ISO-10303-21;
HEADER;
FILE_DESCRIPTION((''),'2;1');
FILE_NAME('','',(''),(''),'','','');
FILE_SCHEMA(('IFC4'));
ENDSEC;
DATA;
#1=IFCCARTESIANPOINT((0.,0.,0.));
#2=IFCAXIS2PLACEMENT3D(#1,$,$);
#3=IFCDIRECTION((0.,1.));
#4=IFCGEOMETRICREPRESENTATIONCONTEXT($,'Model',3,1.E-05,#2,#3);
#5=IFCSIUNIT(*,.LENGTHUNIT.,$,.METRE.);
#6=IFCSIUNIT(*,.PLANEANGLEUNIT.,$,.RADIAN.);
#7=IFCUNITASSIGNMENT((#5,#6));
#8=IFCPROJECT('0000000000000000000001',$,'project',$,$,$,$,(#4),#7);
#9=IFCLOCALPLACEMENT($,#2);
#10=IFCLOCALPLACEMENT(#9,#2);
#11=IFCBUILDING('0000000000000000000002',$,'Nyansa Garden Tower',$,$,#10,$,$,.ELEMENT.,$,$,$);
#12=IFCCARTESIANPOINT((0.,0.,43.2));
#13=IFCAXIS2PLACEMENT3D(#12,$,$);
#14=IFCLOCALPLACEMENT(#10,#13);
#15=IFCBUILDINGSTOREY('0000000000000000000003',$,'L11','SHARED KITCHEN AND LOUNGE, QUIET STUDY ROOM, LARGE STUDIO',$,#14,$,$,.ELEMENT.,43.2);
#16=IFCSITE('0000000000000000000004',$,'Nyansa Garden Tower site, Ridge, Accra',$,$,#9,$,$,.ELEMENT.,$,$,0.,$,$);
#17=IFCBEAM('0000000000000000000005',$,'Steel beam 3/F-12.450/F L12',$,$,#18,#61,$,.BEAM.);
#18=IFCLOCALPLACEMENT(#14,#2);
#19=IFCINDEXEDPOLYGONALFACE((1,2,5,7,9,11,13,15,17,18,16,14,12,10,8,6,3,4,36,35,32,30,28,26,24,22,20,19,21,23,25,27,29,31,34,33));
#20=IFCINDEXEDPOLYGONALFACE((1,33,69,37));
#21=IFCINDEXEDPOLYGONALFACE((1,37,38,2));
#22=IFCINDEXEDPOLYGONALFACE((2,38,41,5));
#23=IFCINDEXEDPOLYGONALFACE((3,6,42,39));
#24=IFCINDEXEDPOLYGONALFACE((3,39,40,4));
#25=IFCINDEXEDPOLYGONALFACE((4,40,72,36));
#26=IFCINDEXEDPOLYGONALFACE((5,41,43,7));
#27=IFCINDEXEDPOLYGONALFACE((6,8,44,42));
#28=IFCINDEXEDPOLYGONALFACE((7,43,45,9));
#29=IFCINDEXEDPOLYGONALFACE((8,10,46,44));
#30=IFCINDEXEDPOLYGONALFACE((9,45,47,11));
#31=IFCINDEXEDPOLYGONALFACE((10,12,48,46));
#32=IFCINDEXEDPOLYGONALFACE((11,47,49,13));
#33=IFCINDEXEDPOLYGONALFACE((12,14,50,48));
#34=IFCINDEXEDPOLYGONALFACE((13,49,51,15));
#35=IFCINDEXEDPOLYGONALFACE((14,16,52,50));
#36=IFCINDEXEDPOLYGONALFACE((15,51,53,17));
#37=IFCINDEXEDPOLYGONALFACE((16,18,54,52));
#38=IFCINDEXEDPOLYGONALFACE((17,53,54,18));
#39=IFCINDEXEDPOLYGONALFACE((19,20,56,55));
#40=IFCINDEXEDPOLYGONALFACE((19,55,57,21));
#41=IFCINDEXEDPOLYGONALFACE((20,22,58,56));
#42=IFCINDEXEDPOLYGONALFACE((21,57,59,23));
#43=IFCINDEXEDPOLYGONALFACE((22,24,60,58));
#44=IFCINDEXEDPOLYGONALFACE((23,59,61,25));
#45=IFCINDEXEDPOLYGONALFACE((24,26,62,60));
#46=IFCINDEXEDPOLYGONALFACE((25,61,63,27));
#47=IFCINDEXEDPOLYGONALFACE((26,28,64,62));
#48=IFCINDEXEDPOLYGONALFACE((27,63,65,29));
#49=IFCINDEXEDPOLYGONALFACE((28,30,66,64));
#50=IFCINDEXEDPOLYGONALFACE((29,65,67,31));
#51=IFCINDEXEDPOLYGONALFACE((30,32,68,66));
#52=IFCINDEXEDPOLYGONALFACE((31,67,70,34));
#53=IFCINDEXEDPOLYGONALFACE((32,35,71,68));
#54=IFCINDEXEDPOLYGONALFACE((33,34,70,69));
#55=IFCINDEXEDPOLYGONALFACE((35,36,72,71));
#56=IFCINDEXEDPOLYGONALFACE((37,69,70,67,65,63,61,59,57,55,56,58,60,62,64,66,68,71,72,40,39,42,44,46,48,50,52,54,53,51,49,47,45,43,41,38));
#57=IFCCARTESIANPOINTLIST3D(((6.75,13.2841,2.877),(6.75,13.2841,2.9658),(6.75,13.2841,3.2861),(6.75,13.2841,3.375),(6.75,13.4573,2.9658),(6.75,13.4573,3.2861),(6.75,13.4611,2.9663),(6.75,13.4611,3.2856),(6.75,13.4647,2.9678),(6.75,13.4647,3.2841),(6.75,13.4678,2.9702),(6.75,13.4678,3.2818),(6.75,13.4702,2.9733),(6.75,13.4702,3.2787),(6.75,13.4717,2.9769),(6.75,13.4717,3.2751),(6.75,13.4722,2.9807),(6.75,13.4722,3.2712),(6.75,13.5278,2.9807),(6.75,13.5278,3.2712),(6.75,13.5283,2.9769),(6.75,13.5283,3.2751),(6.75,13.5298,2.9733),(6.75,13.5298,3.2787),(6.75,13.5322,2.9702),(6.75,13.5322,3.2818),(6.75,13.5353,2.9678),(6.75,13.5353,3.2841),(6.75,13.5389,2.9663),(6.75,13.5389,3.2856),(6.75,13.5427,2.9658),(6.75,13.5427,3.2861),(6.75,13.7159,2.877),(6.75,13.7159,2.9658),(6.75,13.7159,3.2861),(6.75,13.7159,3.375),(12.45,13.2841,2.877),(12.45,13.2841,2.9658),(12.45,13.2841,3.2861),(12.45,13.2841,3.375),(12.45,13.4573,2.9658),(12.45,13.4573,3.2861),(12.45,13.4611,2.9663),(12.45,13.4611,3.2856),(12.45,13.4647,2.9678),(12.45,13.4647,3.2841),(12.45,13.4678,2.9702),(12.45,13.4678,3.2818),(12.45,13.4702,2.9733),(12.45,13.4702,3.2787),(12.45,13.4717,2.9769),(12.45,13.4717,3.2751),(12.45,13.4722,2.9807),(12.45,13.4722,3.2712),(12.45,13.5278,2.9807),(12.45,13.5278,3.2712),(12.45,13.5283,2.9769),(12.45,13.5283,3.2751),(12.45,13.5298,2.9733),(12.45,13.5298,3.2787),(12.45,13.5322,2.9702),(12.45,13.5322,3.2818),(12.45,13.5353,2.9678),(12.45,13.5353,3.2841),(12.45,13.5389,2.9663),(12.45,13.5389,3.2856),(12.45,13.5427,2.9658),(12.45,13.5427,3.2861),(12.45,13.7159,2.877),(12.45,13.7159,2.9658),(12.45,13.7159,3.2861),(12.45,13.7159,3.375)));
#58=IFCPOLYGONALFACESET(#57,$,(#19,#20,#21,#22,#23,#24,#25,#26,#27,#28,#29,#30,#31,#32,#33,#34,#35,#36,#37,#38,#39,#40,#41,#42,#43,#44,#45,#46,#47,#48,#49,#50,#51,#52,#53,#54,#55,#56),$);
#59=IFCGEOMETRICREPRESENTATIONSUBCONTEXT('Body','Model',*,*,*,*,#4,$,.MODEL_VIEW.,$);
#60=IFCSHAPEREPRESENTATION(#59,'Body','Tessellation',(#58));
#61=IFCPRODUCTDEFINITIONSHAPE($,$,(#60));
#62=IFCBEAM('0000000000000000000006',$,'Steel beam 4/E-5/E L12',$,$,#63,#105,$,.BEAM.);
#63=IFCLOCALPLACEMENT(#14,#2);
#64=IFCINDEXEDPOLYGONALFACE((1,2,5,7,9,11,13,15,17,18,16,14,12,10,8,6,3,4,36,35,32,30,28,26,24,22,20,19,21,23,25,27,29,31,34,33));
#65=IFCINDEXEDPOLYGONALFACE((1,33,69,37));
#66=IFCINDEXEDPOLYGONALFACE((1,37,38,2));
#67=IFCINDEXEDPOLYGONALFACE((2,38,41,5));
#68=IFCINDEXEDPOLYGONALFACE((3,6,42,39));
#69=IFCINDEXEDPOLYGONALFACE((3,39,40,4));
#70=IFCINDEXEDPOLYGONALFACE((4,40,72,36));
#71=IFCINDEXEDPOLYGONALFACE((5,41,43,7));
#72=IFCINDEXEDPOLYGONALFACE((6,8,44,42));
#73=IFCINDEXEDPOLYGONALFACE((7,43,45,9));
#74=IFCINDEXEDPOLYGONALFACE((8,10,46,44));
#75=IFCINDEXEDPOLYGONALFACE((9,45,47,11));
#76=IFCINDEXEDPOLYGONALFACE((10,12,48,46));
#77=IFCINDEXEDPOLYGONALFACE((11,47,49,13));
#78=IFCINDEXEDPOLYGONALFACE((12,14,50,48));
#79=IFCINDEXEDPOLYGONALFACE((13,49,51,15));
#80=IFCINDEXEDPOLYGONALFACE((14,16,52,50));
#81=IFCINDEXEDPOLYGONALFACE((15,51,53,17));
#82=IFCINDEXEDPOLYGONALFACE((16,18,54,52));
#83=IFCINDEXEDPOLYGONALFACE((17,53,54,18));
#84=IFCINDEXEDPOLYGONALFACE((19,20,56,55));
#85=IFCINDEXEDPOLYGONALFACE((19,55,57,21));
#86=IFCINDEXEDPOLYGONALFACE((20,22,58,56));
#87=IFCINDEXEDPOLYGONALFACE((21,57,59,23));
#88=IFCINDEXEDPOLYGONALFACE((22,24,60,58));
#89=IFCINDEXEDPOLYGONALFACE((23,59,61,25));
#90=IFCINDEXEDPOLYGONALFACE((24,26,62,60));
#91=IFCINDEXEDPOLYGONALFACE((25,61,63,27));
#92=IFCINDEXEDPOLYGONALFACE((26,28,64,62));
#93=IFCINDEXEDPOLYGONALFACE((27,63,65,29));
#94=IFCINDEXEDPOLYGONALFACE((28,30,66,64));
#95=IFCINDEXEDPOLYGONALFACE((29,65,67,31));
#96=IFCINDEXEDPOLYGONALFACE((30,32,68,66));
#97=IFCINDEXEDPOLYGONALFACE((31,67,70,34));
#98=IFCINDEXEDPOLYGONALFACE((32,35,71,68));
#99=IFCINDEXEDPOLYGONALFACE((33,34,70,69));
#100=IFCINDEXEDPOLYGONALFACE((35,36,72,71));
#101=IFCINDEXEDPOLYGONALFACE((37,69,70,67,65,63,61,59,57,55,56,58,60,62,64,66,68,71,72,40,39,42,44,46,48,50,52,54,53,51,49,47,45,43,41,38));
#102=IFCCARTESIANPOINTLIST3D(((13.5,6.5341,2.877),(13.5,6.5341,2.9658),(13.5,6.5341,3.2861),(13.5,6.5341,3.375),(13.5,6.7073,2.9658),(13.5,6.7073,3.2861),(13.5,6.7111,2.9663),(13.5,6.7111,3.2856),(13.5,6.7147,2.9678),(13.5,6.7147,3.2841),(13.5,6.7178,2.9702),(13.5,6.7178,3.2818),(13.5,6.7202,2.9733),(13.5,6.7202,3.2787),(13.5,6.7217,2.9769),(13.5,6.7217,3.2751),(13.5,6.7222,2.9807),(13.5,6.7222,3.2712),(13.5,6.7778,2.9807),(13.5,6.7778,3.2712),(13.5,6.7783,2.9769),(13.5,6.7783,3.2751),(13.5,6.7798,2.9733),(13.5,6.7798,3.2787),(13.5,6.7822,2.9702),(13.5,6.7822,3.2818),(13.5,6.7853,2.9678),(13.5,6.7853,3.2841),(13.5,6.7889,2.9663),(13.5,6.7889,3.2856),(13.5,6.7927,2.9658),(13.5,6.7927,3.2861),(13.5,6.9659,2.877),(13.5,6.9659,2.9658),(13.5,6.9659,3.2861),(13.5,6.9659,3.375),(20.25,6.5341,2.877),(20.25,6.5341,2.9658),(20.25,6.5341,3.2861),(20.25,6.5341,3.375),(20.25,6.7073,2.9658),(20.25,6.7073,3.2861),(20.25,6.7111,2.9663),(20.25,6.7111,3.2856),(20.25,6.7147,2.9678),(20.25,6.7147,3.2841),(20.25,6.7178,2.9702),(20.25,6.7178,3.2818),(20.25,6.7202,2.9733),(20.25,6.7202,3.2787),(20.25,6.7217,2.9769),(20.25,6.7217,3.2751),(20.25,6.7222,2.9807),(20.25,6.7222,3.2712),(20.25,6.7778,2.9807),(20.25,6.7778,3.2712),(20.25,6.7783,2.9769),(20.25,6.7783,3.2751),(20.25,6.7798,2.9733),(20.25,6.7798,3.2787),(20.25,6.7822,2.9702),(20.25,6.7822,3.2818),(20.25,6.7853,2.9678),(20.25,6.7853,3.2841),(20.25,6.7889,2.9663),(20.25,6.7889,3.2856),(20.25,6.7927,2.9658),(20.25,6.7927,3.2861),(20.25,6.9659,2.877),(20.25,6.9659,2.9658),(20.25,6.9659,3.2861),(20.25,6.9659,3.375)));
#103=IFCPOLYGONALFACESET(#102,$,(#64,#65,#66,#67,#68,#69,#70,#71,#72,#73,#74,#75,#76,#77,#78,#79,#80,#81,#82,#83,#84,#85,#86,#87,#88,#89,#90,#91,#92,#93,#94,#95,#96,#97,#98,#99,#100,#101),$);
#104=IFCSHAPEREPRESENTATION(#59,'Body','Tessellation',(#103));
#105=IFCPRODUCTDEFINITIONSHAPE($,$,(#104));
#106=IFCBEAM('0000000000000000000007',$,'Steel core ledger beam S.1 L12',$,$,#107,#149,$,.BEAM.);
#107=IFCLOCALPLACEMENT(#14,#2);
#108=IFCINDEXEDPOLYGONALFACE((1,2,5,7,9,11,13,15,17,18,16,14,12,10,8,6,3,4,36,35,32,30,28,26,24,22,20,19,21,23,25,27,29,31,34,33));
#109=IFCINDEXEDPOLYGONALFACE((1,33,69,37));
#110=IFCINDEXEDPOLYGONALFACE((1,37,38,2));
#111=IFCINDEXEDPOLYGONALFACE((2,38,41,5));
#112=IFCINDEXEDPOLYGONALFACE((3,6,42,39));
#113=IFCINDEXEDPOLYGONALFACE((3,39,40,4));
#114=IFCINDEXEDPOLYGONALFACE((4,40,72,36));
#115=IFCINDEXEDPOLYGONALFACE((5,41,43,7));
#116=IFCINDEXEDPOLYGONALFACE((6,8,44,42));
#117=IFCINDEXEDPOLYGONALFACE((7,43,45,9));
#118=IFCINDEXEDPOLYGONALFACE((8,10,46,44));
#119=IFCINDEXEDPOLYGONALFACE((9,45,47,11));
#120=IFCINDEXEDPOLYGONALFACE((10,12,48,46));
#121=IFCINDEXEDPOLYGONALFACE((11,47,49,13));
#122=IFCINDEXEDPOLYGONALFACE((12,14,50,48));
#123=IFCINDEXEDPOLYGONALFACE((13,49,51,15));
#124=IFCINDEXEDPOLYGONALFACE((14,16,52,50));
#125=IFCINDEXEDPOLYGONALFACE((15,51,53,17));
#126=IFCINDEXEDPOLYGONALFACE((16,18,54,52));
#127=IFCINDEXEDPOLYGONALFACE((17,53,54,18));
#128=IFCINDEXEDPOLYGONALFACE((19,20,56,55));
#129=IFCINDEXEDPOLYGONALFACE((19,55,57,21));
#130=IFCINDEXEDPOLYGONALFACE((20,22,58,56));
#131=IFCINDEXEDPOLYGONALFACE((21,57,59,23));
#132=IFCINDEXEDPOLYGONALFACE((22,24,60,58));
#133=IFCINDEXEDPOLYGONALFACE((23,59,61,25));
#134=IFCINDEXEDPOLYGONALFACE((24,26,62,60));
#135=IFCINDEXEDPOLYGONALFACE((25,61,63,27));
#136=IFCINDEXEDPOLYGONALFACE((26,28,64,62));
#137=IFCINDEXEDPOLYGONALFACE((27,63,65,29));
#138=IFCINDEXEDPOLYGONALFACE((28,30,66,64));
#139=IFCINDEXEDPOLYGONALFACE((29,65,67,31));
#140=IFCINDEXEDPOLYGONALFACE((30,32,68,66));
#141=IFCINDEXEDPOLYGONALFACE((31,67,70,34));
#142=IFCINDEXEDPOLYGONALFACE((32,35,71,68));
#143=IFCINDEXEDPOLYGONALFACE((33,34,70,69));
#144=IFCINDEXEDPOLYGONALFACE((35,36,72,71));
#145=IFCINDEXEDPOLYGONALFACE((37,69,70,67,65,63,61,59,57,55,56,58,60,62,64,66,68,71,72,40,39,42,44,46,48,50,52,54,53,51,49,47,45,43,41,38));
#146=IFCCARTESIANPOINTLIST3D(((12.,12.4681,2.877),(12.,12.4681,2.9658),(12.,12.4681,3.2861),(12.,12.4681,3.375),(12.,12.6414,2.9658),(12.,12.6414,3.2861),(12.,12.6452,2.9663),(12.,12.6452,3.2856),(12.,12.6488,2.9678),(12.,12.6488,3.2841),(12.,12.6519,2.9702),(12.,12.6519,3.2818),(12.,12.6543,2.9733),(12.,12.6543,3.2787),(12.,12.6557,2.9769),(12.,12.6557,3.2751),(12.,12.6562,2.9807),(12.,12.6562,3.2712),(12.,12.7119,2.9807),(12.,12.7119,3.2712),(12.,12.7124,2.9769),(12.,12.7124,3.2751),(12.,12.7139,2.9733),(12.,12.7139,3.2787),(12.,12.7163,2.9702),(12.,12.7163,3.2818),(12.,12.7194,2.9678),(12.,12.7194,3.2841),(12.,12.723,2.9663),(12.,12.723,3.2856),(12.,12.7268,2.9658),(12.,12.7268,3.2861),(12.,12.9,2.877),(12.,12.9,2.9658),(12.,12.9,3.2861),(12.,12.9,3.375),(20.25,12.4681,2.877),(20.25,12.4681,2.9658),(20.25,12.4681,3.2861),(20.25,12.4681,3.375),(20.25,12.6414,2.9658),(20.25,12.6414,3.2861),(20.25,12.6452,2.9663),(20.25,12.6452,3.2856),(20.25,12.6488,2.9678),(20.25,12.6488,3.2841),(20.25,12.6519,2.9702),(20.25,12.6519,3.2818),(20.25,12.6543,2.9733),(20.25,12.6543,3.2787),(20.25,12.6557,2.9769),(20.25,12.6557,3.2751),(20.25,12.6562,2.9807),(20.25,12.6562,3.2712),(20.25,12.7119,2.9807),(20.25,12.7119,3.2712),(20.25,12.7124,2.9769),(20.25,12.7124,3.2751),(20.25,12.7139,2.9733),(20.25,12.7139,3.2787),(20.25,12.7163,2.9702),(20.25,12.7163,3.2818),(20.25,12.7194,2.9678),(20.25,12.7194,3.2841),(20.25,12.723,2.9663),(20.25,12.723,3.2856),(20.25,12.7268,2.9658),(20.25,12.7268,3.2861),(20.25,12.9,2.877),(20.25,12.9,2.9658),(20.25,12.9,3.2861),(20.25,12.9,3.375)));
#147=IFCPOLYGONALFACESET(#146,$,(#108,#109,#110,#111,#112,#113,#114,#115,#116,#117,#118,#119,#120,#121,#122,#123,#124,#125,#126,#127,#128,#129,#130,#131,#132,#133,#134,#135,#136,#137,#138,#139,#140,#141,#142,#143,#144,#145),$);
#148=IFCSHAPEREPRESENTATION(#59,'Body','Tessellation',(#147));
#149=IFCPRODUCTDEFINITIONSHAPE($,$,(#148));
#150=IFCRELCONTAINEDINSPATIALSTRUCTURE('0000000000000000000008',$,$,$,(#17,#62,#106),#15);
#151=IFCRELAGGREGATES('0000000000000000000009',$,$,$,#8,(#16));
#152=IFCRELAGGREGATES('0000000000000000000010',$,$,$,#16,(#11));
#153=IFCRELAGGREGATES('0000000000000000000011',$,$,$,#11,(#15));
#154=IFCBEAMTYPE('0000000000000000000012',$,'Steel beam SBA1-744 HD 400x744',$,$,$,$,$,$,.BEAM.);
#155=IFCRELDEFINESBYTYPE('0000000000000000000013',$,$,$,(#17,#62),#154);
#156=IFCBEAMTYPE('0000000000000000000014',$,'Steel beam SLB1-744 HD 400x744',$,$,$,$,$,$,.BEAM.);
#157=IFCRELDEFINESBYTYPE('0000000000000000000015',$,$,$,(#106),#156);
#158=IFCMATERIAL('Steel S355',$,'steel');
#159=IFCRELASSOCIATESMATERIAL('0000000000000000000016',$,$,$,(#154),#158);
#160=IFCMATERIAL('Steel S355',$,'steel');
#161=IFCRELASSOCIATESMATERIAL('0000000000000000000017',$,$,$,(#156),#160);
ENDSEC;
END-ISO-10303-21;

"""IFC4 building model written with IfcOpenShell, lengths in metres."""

from ifc_helpers import new_model, si_unit, direction, frame, origin, origin_2d, place, context, subcontext, project, spatial, i_section, extrude, material, material_profile, profile_set, type_object, element, save


model = new_model("IFC4")

# Units and contexts
model_context = context("Model", 3, precision=1e-05, world=origin(), true_north=direction((0.0, 1.0)))
body_context = subcontext(model_context, "Body", "Model", "MODEL_VIEW")
ifc_project = project(units=[si_unit("LENGTHUNIT", "METRE"), si_unit("PLANEANGLEUNIT", "RADIAN")], contexts=[model_context])

# Site, building, storey
site_placement = place(None, origin())
site = spatial("IfcSite", under=ifc_project, at=site_placement, Name="Nyansa Garden Tower site, Ridge, Accra", CompositionType="ELEMENT", RefElevation=0.0)
building_placement = place(site_placement, origin())
building = spatial("IfcBuilding", under=site, at=building_placement, Name="Nyansa Garden Tower", CompositionType="ELEMENT")
storey_placement = place(building_placement, frame((0.0, 0.0, 43.2)))
storey = spatial("IfcBuildingStorey", under=building, at=storey_placement, Name="L11", Description="SHARED KITCHEN AND LOUNGE, QUIET STUDY ROOM, LARGE STUDIO", CompositionType="ELEMENT", Elevation=43.2)

# Beams
ifc_material_1 = material(Name="Steel S355", Category="steel")
ifc_material_profile_1 = material_profile(ifc_material_1, i_section(OverallWidth=0.4319, OverallDepth=0.498, WebThickness=0.0557, FlangeThickness=0.0889, FilletRadius=0.0149, at=origin_2d()), Name="HD 400x744")
ifc_profile_set_1 = profile_set([ifc_material_profile_1], Name="Steel S355")
beam_type_1 = type_object("IfcBeamType", Name="Steel beam SBA1-744 HD 400x744", PredefinedType="BEAM", material=ifc_profile_set_1)
beam_1_placement = place(storey_placement, frame((6.75, 13.5, 3.126), z_axis=(1.0, 0.0, 0.0), x_axis=(0.0, 1.0, 0.0)))
element("IfcBeam", 1, at=beam_1_placement, inside=storey, type_object=beam_type_1, Name="Steel beam 3/F-12.450/F L12", PredefinedType="BEAM", context=body_context, shape_type="SweptSolid", body=[
    extrude(i_section(OverallWidth=0.4319, OverallDepth=0.498, WebThickness=0.0557, FlangeThickness=0.0889, FilletRadius=0.0149, at=origin_2d()), origin(), (0.0, 0.0, 1.0), 5.7),
])
beam_2_placement = place(storey_placement, frame((13.5, 6.75, 3.126), z_axis=(1.0, 0.0, 0.0), x_axis=(0.0, 1.0, 0.0)))
element("IfcBeam", 2, at=beam_2_placement, inside=storey, type_object=beam_type_1, Name="Steel beam 4/E-5/E L12", PredefinedType="BEAM", context=body_context, shape_type="SweptSolid", body=[
    extrude(i_section(OverallWidth=0.4319, OverallDepth=0.498, WebThickness=0.0557, FlangeThickness=0.0889, FilletRadius=0.0149, at=origin_2d()), origin(), (0.0, 0.0, 1.0), 6.75),
])
ifc_material_2 = material(Name="Steel S355", Category="steel")
ifc_material_profile_2 = material_profile(ifc_material_2, i_section(OverallWidth=0.4319, OverallDepth=0.498, WebThickness=0.0557, FlangeThickness=0.0889, FilletRadius=0.0149, at=origin_2d()), Name="HD 400x744")
ifc_profile_set_2 = profile_set([ifc_material_profile_2], Name="Steel S355")
beam_type_2 = type_object("IfcBeamType", Name="Steel beam SLB1-744 HD 400x744", PredefinedType="BEAM", material=ifc_profile_set_2)
beam_3_placement = place(storey_placement, frame((12.0, 12.6841, 3.126), z_axis=(1.0, 0.0, 0.0), x_axis=(0.0, 1.0, 0.0)))
element("IfcBeam", 3, at=beam_3_placement, inside=storey, type_object=beam_type_2, Name="Steel core ledger beam S.1 L12", PredefinedType="BEAM", context=body_context, shape_type="SweptSolid", body=[
    extrude(i_section(OverallWidth=0.4319, OverallDepth=0.498, WebThickness=0.0557, FlangeThickness=0.0889, FilletRadius=0.0149, at=origin_2d()), origin(), (0.0, 0.0, 1.0), 8.25),
])

save(model, "model.ifc")
